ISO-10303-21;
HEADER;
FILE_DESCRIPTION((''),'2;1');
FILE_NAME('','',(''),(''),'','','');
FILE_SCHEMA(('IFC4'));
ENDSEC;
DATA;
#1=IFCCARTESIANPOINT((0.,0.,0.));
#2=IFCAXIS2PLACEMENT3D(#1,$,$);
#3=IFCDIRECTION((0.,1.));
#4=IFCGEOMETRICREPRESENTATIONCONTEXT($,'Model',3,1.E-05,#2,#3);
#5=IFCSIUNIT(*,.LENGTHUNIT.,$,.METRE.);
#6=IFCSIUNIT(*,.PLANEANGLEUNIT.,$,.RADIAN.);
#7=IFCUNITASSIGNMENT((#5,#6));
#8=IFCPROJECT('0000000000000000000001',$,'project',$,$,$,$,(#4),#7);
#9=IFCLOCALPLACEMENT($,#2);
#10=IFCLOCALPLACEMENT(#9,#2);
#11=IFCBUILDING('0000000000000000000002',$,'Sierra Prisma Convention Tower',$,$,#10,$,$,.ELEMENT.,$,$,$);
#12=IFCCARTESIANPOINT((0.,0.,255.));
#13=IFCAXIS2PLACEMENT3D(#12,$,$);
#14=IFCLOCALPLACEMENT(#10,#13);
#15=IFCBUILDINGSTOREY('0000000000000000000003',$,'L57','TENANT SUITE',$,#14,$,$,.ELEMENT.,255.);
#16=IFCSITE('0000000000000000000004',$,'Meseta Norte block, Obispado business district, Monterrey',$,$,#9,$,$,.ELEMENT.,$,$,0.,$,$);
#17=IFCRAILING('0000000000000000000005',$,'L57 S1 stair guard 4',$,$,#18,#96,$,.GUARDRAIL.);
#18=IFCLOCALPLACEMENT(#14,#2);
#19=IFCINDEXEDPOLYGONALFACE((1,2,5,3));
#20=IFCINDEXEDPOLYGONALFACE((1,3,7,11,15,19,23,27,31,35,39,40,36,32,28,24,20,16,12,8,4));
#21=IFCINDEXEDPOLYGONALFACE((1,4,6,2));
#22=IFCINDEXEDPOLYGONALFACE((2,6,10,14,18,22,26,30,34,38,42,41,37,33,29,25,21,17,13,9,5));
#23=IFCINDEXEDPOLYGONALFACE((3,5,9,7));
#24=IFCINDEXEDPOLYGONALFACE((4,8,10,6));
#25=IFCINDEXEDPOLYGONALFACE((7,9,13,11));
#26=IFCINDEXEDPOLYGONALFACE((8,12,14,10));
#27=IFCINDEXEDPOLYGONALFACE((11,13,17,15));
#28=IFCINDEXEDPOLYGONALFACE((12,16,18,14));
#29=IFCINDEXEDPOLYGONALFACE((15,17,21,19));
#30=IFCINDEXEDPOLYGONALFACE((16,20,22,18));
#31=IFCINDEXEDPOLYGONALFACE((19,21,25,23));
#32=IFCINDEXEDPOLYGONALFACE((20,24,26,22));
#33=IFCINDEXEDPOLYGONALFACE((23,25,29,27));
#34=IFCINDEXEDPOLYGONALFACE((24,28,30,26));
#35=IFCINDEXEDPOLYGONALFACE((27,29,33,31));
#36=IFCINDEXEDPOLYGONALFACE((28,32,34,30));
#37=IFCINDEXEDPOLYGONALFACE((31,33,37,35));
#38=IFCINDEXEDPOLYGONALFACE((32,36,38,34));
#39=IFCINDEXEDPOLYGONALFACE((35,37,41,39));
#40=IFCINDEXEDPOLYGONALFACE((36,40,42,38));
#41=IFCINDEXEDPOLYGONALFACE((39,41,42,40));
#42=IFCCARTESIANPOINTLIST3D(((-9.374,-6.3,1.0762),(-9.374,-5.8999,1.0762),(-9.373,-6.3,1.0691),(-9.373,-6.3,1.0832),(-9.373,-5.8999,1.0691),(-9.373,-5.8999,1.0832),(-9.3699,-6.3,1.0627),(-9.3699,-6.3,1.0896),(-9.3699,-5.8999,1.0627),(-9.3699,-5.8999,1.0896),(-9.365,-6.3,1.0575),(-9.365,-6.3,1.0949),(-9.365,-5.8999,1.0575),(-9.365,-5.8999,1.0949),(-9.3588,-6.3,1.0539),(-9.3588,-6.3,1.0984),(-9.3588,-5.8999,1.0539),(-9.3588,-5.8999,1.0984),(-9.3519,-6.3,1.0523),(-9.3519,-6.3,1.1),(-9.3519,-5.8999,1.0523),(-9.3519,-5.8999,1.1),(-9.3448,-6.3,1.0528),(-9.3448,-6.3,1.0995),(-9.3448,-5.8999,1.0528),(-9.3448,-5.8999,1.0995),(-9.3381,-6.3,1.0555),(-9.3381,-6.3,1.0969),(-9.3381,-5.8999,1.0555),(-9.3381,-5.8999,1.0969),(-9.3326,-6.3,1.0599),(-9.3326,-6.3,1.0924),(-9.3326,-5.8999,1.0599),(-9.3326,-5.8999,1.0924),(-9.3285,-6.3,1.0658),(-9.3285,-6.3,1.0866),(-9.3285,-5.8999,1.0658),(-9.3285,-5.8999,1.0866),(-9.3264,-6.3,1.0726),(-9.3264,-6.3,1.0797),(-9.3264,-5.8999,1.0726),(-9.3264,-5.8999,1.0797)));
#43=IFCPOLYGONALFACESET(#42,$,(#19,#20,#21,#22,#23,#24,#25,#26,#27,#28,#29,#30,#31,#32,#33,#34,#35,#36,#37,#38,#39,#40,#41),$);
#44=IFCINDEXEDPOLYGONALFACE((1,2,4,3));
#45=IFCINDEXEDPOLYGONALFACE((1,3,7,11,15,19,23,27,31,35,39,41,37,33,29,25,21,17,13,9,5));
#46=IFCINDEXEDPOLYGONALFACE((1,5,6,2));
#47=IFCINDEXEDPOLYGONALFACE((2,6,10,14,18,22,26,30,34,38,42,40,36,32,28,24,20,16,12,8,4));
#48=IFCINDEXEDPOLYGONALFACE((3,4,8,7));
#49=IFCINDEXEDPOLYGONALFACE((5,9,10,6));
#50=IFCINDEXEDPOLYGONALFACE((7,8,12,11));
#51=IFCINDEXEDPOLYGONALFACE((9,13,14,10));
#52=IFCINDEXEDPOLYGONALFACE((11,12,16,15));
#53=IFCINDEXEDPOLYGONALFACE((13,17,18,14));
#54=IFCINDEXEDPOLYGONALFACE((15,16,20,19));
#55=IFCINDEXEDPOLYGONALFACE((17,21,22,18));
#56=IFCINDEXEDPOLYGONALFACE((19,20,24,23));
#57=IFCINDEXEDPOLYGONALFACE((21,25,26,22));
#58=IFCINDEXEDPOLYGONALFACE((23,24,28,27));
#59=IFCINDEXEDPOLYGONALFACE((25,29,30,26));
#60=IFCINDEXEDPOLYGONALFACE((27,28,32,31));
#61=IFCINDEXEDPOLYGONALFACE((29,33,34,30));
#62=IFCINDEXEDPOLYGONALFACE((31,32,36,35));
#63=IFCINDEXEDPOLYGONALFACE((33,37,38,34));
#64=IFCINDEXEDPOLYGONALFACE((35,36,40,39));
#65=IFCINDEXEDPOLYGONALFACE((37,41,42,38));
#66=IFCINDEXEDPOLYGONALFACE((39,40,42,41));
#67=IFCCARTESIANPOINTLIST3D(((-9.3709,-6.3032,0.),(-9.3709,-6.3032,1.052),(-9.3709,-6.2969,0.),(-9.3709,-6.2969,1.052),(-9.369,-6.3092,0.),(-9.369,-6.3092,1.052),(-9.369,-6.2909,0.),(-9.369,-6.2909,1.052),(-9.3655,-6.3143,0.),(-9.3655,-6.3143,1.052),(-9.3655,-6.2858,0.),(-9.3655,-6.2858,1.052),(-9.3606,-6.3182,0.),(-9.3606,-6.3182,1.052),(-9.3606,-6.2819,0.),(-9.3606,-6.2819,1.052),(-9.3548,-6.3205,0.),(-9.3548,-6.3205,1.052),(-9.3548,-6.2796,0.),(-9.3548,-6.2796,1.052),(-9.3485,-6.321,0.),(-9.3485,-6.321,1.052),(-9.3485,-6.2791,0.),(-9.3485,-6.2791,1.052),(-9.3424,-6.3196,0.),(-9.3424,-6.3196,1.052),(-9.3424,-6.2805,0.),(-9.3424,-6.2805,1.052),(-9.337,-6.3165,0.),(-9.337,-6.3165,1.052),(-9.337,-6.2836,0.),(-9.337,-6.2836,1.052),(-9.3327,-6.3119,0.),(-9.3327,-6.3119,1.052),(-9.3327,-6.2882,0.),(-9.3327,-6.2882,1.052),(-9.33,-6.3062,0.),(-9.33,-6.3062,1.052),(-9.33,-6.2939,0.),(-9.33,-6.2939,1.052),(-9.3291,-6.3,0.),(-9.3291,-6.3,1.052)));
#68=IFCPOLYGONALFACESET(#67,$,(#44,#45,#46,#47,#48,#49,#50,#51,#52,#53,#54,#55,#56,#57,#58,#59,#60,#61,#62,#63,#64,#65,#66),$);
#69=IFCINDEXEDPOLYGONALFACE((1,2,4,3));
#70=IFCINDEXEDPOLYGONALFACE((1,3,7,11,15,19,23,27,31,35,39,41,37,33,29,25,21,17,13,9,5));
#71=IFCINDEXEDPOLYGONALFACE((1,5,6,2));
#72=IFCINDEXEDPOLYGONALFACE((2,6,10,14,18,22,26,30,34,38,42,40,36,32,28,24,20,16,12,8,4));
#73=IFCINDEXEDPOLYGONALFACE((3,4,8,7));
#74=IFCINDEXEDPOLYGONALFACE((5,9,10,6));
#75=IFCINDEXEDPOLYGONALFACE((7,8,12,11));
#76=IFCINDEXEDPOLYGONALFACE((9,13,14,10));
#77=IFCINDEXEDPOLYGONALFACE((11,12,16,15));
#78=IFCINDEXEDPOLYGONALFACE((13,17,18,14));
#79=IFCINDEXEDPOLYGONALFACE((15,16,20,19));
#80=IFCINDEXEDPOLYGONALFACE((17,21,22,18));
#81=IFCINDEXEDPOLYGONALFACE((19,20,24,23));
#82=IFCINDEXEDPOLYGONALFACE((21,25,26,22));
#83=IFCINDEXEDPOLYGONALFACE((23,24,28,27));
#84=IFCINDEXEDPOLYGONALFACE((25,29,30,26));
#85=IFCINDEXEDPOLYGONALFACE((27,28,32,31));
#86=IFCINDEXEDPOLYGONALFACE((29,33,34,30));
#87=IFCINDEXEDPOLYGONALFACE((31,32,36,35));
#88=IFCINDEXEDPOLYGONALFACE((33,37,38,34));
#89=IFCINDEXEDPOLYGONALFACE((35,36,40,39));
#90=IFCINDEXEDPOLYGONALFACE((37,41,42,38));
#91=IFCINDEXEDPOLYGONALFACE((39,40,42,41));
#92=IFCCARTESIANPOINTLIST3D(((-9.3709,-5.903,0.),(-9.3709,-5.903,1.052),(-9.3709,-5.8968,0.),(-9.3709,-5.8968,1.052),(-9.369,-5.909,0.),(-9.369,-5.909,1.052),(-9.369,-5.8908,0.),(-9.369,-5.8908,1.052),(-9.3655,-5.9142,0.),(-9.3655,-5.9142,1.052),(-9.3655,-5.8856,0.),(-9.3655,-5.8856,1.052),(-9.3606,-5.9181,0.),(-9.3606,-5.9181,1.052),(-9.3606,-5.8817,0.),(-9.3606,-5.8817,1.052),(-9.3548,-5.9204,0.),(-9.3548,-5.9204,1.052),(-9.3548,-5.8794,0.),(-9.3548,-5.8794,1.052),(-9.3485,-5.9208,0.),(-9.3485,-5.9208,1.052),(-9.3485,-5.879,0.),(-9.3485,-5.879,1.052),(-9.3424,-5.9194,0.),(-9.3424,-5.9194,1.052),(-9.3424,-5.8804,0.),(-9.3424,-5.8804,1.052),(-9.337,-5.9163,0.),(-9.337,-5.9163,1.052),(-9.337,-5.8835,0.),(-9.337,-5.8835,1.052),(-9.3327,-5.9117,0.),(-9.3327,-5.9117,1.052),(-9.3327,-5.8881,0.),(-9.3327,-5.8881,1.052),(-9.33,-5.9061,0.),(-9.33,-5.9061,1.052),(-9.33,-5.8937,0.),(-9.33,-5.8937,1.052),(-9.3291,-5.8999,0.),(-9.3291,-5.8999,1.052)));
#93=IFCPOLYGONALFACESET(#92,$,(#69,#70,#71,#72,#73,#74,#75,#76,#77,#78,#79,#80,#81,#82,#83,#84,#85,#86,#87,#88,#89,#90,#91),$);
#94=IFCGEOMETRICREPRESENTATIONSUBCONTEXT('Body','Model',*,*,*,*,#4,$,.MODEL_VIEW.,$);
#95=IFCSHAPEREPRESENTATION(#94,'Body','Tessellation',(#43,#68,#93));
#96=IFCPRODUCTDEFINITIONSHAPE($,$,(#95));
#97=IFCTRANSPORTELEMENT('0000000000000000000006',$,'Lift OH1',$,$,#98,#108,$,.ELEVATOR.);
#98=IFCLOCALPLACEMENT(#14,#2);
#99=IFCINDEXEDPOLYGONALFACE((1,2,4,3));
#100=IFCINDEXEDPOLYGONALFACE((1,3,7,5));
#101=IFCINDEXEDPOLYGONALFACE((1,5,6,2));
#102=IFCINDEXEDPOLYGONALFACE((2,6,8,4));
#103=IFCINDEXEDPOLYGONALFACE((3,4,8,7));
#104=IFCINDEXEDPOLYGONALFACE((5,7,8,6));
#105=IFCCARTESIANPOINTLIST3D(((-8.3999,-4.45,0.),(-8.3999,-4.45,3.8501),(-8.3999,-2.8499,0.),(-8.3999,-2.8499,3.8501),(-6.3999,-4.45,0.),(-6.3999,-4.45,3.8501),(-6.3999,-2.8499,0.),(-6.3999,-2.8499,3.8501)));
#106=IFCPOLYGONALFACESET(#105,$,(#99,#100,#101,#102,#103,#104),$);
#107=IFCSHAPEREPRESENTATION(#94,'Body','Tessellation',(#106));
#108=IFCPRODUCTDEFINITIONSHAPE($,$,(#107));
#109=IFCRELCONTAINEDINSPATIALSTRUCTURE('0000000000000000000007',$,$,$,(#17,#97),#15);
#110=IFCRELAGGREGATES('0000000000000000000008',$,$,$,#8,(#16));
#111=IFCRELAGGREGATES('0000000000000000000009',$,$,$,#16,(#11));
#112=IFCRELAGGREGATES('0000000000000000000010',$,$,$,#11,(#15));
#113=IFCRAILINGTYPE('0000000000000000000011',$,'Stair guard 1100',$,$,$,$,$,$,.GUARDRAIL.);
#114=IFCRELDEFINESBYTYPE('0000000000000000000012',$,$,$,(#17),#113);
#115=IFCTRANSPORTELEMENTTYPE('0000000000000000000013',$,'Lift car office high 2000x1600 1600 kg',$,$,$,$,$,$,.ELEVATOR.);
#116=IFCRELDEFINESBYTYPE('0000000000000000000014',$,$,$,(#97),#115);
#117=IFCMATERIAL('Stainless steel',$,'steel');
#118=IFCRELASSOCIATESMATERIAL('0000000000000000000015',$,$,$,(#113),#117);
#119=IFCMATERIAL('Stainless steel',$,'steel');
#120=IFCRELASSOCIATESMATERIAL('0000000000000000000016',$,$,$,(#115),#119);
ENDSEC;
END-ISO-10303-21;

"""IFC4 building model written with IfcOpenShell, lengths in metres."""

from ifc_helpers import new_model, si_unit, direction, frame, origin, origin_2d, place, context, subcontext, project, spatial, rectangle, circle, extrude, material, type_object, element, save


model = new_model("IFC4")

# Units and contexts
model_context = context("Model", 3, precision=1e-05, world=origin(), true_north=direction((0.0, 1.0)))
body_context = subcontext(model_context, "Body", "Model", "MODEL_VIEW")
ifc_project = project(units=[si_unit("LENGTHUNIT", "METRE"), si_unit("PLANEANGLEUNIT", "RADIAN")], contexts=[model_context])

# Site, building, storey
site_placement = place(None, origin())
site = spatial("IfcSite", under=ifc_project, at=site_placement, Name="Meseta Norte block, Obispado business district, Monterrey", CompositionType="ELEMENT", RefElevation=0.0)
building_placement = place(site_placement, origin())
building = spatial("IfcBuilding", under=site, at=building_placement, Name="Sierra Prisma Convention Tower", CompositionType="ELEMENT")
storey_placement = place(building_placement, frame((0.0, 0.0, 255.0)))
storey = spatial("IfcBuildingStorey", under=building, at=storey_placement, Name="L57", Description="TENANT SUITE", CompositionType="ELEMENT", Elevation=255.0)

# Railing
ifc_material_1 = material(Name="Stainless steel", Category="steel")
railing_type_1 = type_object("IfcRailingType", Name="Stair guard 1100", PredefinedType="GUARDRAIL", material=ifc_material_1)
railing_1_placement = place(storey_placement, frame((-9.3501, -6.3, 0.0)))
element("IfcRailing", 1, at=railing_1_placement, inside=storey, type_object=railing_type_1, Name="L57 S1 stair guard 4", PredefinedType="GUARDRAIL", context=body_context, shape_type="SweptSolid", body=[
    extrude(circle(Radius=0.0239, at=origin_2d()), frame((0.0, 0.0, 1.0762), z_axis=(0.0, 1.0, 0.0), x_axis=(-1.0, 0.0, 0.0)), (0.0, 0.0, 1.0), 0.4001),
    extrude(circle(Radius=0.021, at=origin_2d()), origin(), (0.0, 0.0, 1.0), 1.052),
    extrude(circle(Radius=0.021, at=origin_2d()), frame((0.0, 0.4001, 0.0)), (0.0, 0.0, 1.0), 1.052),
])

# Transport element
ifc_material_2 = material(Name="Stainless steel", Category="steel")
transport_element_type = type_object("IfcTransportElementType", Name="Lift car office high 2000x1600 1600 kg", PredefinedType="ELEVATOR", material=ifc_material_2)
transport_element_placement = place(storey_placement, frame((-7.3999, -3.6499, 0.0), z_axis=(0.0, 0.0, 1.0), x_axis=(1.0, 0.0, 0.0)))
element("IfcTransportElement", 2, at=transport_element_placement, inside=storey, type_object=transport_element_type, Name="Lift OH1", PredefinedType="ELEVATOR", context=body_context, shape_type="SweptSolid", body=[
    extrude(rectangle(XDim=2.0, YDim=1.6001, at=origin_2d()), origin(), (0.0, 0.0, 1.0), 3.8501),
])

save(model, "model.ifc")
